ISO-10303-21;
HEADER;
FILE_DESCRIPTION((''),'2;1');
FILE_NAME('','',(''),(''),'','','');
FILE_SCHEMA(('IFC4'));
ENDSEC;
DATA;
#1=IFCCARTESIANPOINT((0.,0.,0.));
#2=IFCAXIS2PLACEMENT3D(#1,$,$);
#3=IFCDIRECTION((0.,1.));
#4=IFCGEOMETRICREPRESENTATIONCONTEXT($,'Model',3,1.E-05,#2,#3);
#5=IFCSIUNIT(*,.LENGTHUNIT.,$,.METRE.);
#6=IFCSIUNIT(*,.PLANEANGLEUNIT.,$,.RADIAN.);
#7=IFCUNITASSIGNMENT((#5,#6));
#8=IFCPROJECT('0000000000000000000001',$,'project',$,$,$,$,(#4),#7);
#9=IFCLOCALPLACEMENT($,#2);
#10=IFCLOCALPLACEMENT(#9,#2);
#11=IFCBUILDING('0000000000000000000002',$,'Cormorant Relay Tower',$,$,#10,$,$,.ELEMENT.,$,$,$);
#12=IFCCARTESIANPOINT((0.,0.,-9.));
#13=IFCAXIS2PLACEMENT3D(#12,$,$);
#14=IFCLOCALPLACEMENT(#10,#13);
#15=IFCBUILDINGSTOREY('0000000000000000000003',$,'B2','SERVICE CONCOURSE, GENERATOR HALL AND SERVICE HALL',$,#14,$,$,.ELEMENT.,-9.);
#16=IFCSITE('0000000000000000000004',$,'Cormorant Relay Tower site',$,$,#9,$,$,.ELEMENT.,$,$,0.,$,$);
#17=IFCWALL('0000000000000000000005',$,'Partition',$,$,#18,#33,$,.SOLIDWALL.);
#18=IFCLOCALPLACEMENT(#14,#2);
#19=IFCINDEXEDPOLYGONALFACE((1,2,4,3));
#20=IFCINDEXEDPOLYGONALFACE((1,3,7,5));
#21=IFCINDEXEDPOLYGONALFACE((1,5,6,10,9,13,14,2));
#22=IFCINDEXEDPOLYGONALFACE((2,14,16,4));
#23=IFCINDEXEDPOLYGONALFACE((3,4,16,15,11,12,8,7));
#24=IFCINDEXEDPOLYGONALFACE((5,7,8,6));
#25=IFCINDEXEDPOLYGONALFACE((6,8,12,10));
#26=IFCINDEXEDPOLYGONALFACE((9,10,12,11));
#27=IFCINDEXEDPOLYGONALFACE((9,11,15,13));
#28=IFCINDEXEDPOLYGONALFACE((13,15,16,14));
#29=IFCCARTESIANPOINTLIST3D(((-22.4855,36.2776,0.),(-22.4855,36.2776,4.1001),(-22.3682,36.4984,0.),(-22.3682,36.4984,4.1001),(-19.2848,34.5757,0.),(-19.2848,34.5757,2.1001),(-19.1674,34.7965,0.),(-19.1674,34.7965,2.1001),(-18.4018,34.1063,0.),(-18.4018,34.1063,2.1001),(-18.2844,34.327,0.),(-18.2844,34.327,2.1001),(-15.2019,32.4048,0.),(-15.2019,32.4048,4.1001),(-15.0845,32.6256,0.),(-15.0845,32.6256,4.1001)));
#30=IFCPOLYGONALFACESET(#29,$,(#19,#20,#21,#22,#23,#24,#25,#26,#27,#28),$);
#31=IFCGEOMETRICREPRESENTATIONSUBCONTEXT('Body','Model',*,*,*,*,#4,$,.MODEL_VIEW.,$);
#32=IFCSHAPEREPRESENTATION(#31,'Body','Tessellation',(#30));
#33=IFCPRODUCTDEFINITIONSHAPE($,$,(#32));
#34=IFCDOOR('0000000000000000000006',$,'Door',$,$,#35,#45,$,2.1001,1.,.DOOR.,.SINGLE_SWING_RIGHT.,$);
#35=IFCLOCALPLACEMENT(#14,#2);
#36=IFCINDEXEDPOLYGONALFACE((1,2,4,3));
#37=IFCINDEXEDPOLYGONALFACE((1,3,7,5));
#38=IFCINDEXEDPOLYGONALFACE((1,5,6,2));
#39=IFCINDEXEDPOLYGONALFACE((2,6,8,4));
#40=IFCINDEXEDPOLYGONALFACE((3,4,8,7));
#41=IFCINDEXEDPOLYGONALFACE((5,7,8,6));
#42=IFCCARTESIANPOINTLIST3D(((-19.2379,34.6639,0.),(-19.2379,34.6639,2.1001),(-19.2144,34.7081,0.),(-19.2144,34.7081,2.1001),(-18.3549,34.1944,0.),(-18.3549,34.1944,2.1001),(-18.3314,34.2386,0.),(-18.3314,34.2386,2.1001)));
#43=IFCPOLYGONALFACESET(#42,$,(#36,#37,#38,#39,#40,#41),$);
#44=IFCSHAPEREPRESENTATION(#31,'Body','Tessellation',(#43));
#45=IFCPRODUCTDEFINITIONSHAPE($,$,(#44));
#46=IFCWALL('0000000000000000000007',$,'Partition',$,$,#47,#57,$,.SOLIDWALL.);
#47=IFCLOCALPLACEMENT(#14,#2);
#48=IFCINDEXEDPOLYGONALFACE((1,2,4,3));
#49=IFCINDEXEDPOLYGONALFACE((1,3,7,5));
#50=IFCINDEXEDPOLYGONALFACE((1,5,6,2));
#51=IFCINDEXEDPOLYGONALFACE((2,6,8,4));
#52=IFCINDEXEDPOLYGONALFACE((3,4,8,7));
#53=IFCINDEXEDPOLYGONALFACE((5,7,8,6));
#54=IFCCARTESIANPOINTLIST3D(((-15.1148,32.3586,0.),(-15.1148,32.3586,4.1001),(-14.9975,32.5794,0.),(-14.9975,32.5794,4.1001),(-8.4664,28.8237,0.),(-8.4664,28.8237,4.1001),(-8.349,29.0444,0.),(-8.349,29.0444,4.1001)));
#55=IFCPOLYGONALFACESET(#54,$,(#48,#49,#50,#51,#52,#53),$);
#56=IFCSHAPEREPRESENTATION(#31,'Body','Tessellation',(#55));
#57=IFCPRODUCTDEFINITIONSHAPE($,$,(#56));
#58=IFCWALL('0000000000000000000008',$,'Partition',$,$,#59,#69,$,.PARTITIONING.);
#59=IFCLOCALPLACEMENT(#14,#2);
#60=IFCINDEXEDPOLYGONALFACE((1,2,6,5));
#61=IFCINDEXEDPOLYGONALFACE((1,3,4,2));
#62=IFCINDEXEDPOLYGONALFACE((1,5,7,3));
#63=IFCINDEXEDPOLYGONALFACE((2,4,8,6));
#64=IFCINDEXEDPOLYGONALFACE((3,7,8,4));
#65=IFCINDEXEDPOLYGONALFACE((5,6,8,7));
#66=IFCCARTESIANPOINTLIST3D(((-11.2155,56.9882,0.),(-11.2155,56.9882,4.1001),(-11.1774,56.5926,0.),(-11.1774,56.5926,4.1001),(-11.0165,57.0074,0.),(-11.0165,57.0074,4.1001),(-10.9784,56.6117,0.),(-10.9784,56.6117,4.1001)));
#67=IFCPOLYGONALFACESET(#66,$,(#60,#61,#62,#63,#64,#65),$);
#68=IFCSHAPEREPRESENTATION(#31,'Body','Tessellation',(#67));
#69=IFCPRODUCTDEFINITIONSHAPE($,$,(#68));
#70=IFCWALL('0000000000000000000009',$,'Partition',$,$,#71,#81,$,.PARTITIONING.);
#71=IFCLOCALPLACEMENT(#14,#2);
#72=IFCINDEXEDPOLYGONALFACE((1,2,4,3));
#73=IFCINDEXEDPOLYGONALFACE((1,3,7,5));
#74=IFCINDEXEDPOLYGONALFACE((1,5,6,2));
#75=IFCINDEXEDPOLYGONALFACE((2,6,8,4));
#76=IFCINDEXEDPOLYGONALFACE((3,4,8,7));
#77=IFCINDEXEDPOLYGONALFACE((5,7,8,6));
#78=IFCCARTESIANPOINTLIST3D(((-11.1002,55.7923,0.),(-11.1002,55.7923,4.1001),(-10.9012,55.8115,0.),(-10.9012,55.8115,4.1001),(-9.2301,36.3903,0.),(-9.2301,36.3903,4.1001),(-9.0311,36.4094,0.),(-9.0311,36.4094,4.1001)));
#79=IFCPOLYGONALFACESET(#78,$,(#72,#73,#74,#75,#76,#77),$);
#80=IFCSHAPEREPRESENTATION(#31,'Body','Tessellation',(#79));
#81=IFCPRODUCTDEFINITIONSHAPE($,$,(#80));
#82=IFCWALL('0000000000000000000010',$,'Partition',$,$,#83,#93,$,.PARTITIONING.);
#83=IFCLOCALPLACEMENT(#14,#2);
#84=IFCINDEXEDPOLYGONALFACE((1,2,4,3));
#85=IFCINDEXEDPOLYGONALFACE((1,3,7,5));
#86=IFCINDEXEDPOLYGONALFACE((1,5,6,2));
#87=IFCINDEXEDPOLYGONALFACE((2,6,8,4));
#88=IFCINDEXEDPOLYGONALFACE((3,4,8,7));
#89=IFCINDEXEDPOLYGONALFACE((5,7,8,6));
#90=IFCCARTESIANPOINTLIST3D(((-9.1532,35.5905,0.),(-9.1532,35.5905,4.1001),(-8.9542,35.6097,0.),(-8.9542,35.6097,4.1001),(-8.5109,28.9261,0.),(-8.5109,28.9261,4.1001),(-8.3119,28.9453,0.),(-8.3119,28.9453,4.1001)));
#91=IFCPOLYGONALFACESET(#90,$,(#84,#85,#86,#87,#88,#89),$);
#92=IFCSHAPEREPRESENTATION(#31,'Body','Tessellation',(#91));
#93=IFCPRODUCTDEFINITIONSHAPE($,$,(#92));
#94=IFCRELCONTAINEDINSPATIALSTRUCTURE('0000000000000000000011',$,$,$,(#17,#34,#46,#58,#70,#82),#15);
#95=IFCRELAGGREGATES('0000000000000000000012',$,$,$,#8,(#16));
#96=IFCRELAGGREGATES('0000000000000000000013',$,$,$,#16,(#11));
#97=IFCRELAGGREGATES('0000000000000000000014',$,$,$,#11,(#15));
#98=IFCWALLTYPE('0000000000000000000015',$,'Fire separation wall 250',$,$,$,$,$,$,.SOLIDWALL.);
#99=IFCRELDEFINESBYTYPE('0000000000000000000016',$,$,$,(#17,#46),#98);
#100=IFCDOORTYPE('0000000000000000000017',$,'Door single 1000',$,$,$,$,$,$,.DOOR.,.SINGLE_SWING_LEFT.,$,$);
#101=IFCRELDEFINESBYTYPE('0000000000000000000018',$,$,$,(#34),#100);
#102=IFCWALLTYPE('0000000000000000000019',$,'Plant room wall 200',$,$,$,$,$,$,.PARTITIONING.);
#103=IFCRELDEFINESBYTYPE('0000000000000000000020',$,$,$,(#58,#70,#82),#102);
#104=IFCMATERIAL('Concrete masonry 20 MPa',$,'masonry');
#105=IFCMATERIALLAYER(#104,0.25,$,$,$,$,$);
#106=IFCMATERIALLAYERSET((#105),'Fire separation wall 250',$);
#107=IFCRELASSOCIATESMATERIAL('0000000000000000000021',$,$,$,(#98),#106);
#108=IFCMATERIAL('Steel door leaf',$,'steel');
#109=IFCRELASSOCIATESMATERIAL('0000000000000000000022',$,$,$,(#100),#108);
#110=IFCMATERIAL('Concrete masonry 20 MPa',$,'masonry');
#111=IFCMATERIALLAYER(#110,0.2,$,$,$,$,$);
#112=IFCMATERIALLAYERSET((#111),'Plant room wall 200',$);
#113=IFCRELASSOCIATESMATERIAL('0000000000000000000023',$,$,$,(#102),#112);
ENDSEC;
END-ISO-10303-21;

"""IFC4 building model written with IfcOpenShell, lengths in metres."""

from ifc_helpers import new_model, si_unit, direction, frame, frame_2d, origin, place, context, subcontext, project, spatial, rectangle, extrude, material, layer, layer_set, type_object, element, fill, save


model = new_model("IFC4")

# Units and contexts
model_context = context("Model", 3, precision=1e-05, world=origin(), true_north=direction((0.0, 1.0)))
body_context = subcontext(model_context, "Body", "Model", "MODEL_VIEW")
ifc_project = project(units=[si_unit("LENGTHUNIT", "METRE"), si_unit("PLANEANGLEUNIT", "RADIAN")], contexts=[model_context])

# Site, building, storey
site_placement = place(None, origin())
site = spatial("IfcSite", under=ifc_project, at=site_placement, Name="Cormorant Relay Tower site", CompositionType="ELEMENT", RefElevation=0.0)
building_placement = place(site_placement, origin())
building = spatial("IfcBuilding", under=site, at=building_placement, Name="Cormorant Relay Tower", CompositionType="ELEMENT")
storey_placement = place(building_placement, frame((0.0, 0.0, -9.0)))
storey = spatial("IfcBuildingStorey", under=building, at=storey_placement, Name="B2", Description="SERVICE CONCOURSE, GENERATOR HALL AND SERVICE HALL", CompositionType="ELEMENT", Elevation=-9.0)

# Shared definitions
ifc_material_1 = material(Name="Concrete masonry 20 MPa", Category="masonry")
ifc_layer_1 = layer(ifc_material_1, 0.25)
ifc_layer_set_1 = layer_set([ifc_layer_1], Name="Fire separation wall 250")
wall_type_1 = type_object("IfcWallType", Name="Fire separation wall 250", PredefinedType="SOLIDWALL", material=ifc_layer_set_1)

# Wall, opening, door
ifc_material_2 = material(Name="Steel door leaf", Category="steel")
door_type = type_object("IfcDoorType", Name="Door single 1000", OperationType="SINGLE_SWING_LEFT", PredefinedType="DOOR", material=ifc_material_2)
wall_1_placement = place(storey_placement, frame((-22.4268, 36.3879, 0.0), z_axis=(0.0, 0.0, 1.0), x_axis=(0.882948, -0.469471, 0.0)))
wall_1 = element("IfcWall", 1, at=wall_1_placement, inside=storey, type_object=wall_type_1, Name="Partition", PredefinedType="SOLIDWALL", context=body_context, shape_type="SweptSolid", body=[
    extrude(rectangle(XDim=8.2493, YDim=0.25, at=frame_2d((4.1245, 0.0))), origin(), (0.0, 0.0, 1.0), 4.1001),
])
opening_1_placement = place(wall_1_placement, frame((3.625, 0.0, 0.0)))
opening_1 = element("IfcOpeningElement", 2, at=opening_1_placement, cuts=wall_1, PredefinedType="OPENING", context=body_context, shape_type="SweptSolid", body=[
    extrude(rectangle(XDim=1.0, YDim=2.1001, at=frame_2d((0.5, 1.05))), frame((0.0, 0.135, 0.0), z_axis=(0.0, -1.0, 0.0), x_axis=(1.0, 0.0, 0.0)), (0.0, 0.0, 1.0), 0.27),
])
door_1_placement = place(opening_1_placement, origin())
door_1 = element("IfcDoor", 3, at=door_1_placement, inside=storey, type_object=door_type, Name="Door", OperationType="SINGLE_SWING_RIGHT", OverallHeight=2.1001, OverallWidth=1.0, PredefinedType="DOOR", context=body_context, shape_type="SweptSolid", body=[
    extrude(rectangle(XDim=1.0, YDim=2.1001, at=frame_2d((0.5, 1.05))), frame((0.0, 0.0249, 0.0), z_axis=(0.0, -1.0, 0.0), x_axis=(1.0, 0.0, 0.0)), (0.0, 0.0, 1.0), 0.05),
])
fill(opening_1, door_1)

# Walls
wall_2_placement = place(storey_placement, frame((-15.0562, 32.469, 0.0), z_axis=(0.0, 0.0, 1.0), x_axis=(0.882954, -0.469459, 0.0)))
element("IfcWall", 4, at=wall_2_placement, inside=storey, type_object=wall_type_1, Name="Partition", PredefinedType="SOLIDWALL", context=body_context, shape_type="SweptSolid", body=[
    extrude(rectangle(XDim=7.5298, YDim=0.25, at=frame_2d((3.7649, 0.0))), origin(), (0.0, 0.0, 1.0), 4.1001),
])
ifc_material_3 = material(Name="Concrete masonry 20 MPa", Category="masonry")
ifc_layer_2 = layer(ifc_material_3, 0.2)
ifc_layer_set_2 = layer_set([ifc_layer_2], Name="Plant room wall 200")
wall_type_2 = type_object("IfcWallType", Name="Plant room wall 200", PredefinedType="PARTITIONING", material=ifc_layer_set_2)
wall_3_placement = place(storey_placement, frame((-11.116, 56.9978, 0.0), z_axis=(0.0, 0.0, 1.0), x_axis=(0.095794, -0.995401, 0.0)))
element("IfcWall", 5, at=wall_3_placement, inside=storey, type_object=wall_type_2, Name="Partition", PredefinedType="PARTITIONING", context=body_context, shape_type="SweptSolid", body=[
    extrude(rectangle(XDim=0.3975, YDim=0.2, at=frame_2d((0.1987, 0.0))), origin(), (0.0, 0.0, 1.0), 4.1001),
])
wall_4_placement = place(storey_placement, frame((-11.0007, 55.802, 0.0), z_axis=(0.0, 0.0, 1.0), x_axis=(0.095943, -0.995387, 0.0)))
element("IfcWall", 6, at=wall_4_placement, inside=storey, type_object=wall_type_2, Name="Partition", PredefinedType="PARTITIONING", context=body_context, shape_type="SweptSolid", body=[
    extrude(rectangle(XDim=19.4919, YDim=0.2, at=frame_2d((9.7461, 0.0))), origin(), (0.0, 0.0, 1.0), 4.1001),
])
wall_5_placement = place(storey_placement, frame((-9.0537, 35.6001, 0.0), z_axis=(0.0, 0.0, 1.0), x_axis=(0.09594, -0.995387, 0.0)))
element("IfcWall", 7, at=wall_5_placement, inside=storey, type_object=wall_type_2, Name="Partition", PredefinedType="PARTITIONING", context=body_context, shape_type="SweptSolid", body=[
    extrude(rectangle(XDim=6.6953, YDim=0.2, at=frame_2d((3.3477, 0.0))), origin(), (0.0, 0.0, 1.0), 4.1001),
])

save(model, "model.ifc")
